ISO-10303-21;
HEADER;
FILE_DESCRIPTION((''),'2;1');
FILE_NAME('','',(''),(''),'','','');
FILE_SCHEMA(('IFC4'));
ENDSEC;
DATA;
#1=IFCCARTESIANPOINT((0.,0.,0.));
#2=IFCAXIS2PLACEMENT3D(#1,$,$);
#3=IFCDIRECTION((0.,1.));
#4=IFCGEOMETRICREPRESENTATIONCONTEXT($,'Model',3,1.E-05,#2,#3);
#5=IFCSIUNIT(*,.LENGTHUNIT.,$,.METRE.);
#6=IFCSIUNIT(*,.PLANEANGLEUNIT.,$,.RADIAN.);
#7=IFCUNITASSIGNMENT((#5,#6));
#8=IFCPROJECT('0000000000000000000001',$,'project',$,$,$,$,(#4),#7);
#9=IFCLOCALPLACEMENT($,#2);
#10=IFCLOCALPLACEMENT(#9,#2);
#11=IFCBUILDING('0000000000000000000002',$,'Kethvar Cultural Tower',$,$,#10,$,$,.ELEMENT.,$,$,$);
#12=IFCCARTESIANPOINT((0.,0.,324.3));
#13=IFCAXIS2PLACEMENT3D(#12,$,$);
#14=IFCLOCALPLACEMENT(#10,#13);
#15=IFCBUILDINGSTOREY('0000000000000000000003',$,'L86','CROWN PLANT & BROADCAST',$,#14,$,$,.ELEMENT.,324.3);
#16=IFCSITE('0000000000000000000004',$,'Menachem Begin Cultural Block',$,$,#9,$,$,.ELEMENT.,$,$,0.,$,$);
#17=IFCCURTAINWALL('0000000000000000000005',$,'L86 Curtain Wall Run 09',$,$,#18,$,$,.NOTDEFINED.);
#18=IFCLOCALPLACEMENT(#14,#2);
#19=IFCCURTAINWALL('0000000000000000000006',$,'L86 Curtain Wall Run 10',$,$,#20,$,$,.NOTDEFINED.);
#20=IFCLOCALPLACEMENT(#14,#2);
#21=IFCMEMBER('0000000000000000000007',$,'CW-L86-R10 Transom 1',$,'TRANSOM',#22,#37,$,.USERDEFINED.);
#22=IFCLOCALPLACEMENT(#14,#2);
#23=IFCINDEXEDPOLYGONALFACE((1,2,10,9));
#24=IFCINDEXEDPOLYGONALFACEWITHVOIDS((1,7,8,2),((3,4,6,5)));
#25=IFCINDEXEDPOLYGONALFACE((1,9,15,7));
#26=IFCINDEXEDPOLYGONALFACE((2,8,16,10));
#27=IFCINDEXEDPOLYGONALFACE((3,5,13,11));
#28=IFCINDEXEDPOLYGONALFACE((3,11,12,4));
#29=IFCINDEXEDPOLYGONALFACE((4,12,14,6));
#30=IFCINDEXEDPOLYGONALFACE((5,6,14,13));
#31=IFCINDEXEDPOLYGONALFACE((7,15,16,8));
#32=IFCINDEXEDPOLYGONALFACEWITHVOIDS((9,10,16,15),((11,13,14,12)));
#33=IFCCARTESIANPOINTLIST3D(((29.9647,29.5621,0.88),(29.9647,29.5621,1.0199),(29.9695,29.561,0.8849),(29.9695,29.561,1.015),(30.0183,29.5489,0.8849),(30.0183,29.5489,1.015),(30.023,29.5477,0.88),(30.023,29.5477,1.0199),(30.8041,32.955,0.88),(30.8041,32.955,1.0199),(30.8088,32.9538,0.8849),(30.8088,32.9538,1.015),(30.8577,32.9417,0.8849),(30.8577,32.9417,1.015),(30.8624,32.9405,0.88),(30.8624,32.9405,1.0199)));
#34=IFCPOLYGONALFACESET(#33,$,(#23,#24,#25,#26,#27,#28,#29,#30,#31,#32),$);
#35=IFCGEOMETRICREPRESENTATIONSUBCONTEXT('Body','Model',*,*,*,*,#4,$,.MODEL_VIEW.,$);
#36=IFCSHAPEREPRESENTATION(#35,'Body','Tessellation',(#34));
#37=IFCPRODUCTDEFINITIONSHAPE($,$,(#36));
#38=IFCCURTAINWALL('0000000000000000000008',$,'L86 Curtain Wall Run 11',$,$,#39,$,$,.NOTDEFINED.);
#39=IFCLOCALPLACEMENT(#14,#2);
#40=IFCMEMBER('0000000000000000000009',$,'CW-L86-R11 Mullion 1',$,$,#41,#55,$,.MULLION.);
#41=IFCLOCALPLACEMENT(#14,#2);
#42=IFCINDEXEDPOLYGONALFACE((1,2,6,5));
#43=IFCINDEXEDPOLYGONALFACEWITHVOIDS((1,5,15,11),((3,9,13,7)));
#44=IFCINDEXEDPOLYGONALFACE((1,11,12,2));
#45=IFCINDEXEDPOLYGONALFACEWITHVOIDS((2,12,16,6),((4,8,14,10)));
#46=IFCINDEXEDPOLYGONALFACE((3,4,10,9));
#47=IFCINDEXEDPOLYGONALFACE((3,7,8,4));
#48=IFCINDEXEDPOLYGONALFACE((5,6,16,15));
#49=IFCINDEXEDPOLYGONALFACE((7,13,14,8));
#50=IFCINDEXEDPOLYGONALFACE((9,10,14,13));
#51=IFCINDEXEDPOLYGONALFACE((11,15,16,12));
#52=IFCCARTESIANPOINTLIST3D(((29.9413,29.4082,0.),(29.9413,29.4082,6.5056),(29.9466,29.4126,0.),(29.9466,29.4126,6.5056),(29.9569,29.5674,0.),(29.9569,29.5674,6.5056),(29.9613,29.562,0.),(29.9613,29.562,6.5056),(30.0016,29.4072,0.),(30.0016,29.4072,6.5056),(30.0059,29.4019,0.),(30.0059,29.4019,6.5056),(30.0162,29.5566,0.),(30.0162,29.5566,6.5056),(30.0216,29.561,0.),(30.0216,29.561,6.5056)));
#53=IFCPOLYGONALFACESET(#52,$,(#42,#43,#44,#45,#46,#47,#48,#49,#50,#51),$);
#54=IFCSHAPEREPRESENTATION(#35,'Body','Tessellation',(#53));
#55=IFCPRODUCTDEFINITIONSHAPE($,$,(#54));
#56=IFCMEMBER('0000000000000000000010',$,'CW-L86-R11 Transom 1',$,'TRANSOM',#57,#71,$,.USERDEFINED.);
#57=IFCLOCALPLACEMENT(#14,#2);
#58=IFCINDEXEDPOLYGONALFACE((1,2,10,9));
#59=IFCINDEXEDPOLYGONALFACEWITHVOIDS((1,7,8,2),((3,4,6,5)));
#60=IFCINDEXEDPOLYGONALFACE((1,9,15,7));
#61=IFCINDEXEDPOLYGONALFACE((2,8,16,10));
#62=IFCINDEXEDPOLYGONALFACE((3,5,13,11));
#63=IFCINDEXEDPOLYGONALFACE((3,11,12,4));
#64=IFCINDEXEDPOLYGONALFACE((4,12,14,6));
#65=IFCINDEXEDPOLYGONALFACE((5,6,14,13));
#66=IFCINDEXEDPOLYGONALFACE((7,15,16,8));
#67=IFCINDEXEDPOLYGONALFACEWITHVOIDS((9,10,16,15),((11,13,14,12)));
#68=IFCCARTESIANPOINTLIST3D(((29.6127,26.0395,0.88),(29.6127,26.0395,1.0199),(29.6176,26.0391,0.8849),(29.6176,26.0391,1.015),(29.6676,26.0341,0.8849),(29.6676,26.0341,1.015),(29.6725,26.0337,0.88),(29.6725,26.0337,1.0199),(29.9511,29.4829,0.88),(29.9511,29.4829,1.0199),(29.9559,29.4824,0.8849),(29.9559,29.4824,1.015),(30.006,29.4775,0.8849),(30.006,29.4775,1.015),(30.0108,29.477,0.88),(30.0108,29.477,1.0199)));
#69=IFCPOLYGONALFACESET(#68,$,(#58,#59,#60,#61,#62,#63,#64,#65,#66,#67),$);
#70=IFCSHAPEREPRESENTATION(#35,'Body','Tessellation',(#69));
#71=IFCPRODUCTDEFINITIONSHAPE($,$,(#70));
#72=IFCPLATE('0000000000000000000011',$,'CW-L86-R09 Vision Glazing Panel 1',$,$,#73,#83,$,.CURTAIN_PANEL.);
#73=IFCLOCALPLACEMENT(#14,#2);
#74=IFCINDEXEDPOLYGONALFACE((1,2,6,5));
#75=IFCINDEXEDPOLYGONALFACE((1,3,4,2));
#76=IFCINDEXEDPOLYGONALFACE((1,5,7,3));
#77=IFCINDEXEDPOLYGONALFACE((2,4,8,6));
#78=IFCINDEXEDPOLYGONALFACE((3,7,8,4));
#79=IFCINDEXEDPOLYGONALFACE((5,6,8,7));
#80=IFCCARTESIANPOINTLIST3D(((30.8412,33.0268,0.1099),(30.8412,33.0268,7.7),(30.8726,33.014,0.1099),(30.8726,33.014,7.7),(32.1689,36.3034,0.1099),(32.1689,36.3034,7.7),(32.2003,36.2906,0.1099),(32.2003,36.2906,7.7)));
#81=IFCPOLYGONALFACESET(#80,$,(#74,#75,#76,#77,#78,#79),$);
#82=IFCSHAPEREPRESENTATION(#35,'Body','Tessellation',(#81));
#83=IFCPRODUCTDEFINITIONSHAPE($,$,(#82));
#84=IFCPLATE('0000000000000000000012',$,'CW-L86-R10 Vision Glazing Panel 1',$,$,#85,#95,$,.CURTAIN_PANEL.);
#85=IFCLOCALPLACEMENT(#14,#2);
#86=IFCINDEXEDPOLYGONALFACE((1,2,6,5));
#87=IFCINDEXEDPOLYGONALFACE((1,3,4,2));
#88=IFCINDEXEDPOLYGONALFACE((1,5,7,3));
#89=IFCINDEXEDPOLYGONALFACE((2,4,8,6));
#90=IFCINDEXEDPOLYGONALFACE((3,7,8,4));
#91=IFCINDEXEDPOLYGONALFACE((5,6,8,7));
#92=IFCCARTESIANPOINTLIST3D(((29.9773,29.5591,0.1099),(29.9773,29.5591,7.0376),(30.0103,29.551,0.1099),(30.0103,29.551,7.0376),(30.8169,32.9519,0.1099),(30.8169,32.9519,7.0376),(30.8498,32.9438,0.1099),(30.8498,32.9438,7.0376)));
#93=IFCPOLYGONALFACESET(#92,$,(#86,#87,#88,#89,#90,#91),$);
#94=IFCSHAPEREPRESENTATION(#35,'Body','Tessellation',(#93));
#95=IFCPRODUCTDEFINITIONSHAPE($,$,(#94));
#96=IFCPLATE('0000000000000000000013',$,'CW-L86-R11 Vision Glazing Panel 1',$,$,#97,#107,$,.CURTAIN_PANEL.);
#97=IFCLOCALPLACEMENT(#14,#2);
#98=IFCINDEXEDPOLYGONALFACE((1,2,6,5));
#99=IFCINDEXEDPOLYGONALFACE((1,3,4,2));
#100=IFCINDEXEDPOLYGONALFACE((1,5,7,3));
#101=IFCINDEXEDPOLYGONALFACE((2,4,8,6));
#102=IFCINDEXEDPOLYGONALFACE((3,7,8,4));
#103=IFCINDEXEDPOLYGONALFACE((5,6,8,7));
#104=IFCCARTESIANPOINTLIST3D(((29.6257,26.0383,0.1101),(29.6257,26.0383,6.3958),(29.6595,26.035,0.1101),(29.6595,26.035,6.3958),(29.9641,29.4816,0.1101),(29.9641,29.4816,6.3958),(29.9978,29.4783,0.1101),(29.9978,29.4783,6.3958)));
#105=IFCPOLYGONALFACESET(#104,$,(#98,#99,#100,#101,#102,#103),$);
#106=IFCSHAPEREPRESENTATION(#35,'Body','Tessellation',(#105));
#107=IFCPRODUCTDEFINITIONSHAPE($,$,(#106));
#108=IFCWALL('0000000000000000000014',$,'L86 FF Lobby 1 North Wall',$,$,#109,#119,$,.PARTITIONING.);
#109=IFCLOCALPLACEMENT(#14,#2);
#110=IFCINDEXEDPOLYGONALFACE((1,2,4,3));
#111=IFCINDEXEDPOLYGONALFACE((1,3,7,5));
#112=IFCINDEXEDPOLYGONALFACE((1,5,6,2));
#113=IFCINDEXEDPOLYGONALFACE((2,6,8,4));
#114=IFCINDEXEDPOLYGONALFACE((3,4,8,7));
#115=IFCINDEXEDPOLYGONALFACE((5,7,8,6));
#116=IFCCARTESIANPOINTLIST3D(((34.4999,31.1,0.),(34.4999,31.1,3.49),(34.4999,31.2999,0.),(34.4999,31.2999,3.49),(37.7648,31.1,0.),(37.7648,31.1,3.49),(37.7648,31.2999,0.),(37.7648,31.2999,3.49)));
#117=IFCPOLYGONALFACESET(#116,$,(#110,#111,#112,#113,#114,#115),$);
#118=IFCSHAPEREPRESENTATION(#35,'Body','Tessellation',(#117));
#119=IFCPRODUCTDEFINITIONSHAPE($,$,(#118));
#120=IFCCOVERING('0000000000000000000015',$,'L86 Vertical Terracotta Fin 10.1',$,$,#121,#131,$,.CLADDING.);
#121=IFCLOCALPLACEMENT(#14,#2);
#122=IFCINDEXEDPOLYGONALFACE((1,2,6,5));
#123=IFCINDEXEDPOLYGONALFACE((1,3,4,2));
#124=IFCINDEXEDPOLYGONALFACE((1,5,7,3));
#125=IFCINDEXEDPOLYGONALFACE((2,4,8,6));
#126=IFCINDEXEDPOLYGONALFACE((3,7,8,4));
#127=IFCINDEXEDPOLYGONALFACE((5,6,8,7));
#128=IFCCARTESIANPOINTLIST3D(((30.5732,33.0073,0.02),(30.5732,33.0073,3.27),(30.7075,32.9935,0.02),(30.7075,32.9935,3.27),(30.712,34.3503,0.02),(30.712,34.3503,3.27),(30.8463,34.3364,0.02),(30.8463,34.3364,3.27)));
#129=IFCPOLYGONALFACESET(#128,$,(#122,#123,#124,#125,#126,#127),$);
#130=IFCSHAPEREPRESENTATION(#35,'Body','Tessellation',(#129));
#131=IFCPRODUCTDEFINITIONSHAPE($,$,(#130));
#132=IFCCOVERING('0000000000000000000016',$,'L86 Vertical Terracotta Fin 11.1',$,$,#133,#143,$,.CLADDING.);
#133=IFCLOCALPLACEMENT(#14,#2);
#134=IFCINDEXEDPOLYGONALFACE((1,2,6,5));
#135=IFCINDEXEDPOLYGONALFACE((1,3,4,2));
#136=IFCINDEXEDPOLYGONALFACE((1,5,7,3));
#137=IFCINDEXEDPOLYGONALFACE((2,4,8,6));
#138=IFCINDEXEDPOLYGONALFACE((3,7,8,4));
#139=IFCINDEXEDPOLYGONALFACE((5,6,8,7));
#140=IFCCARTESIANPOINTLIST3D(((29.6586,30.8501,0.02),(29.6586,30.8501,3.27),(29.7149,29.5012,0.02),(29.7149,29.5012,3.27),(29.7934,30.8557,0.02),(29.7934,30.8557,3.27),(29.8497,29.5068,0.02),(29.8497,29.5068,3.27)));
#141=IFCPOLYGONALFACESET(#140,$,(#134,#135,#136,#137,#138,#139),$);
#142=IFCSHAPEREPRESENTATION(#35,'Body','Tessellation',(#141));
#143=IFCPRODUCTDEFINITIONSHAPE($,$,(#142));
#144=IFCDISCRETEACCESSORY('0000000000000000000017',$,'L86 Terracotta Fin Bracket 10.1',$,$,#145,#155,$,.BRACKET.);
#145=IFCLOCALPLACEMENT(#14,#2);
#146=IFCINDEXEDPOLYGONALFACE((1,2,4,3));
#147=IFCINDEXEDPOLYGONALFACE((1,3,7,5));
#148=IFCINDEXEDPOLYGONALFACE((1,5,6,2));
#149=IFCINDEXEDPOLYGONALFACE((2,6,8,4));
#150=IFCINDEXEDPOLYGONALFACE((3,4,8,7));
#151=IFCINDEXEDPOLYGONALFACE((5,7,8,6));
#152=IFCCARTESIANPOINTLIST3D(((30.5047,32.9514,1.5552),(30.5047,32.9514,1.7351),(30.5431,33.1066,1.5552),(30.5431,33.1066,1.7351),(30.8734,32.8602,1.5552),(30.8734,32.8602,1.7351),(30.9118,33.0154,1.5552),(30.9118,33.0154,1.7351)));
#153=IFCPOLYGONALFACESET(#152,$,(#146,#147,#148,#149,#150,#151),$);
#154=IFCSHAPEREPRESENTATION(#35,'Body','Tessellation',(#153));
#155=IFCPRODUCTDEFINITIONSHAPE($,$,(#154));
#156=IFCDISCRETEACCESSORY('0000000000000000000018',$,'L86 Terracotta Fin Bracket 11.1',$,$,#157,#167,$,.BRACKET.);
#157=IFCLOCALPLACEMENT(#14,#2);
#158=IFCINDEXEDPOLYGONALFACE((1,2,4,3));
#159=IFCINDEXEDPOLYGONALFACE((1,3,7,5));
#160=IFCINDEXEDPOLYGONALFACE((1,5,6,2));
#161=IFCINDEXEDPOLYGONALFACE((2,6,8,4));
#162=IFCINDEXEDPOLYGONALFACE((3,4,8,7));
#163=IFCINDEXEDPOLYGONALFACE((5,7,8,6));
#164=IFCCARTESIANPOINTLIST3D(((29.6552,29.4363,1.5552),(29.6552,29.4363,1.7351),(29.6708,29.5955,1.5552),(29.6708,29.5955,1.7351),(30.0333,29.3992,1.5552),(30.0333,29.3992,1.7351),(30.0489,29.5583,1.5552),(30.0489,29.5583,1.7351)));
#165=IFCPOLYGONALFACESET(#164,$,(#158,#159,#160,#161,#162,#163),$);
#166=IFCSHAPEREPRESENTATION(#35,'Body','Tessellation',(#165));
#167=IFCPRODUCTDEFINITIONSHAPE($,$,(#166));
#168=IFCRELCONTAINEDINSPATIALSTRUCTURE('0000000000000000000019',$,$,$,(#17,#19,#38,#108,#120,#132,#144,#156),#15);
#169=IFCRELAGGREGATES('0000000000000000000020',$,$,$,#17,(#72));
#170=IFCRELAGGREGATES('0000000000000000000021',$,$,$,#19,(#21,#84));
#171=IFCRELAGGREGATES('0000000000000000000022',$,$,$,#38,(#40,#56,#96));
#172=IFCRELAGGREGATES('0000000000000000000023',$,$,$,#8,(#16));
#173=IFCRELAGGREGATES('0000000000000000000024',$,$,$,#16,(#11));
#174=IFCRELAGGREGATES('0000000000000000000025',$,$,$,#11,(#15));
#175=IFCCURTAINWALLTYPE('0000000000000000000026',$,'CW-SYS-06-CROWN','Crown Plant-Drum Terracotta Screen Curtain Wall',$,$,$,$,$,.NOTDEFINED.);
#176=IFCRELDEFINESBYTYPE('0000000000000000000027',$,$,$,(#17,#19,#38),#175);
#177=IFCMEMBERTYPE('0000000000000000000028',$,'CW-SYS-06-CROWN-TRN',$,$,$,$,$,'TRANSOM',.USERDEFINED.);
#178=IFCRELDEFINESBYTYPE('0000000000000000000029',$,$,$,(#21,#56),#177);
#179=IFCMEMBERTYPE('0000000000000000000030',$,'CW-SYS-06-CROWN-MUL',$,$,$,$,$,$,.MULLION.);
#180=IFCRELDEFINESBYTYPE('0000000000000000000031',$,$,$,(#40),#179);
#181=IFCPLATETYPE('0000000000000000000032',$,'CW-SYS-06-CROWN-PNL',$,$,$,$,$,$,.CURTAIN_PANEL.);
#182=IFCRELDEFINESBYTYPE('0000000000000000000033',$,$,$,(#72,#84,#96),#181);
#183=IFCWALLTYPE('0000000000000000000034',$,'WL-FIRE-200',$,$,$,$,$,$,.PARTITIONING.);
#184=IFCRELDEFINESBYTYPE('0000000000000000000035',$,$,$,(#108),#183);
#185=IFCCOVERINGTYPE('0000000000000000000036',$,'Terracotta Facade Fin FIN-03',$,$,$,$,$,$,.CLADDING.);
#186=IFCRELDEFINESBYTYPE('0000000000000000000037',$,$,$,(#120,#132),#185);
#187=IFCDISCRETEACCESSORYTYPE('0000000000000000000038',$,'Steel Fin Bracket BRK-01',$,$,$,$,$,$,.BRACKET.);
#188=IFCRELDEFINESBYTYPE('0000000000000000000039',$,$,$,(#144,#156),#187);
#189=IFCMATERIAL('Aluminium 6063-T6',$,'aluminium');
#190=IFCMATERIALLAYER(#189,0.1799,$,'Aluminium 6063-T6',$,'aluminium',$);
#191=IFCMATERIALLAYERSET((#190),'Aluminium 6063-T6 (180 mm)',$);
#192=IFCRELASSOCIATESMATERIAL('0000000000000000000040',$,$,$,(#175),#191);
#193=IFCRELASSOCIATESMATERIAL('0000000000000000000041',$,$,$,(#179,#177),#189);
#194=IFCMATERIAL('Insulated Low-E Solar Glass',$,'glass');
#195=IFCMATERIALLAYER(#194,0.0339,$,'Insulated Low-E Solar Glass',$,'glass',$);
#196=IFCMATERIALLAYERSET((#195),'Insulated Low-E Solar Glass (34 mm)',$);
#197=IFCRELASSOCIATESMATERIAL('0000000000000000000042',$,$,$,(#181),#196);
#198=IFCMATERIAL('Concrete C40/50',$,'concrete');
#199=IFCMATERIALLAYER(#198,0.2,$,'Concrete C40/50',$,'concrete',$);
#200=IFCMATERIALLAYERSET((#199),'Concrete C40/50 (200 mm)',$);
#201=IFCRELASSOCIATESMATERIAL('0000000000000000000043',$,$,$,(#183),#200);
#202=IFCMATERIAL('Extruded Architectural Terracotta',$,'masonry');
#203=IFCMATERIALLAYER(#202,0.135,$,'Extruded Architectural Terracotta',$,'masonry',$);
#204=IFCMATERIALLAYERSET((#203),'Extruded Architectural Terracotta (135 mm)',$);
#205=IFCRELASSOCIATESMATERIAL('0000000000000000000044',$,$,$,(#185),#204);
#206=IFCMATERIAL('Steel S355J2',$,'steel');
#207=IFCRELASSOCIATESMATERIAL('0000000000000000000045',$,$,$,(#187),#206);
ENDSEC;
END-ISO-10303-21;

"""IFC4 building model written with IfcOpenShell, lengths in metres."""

from ifc_helpers import new_model, si_unit, direction, frame, frame_2d, origin, origin_2d, place, context, subcontext, project, spatial, rectangle, hollow_rectangle, extrude, source, transform, mapped, material, layer, layer_set, material_profile, profile_set, type_object, element, aggregate, save


model = new_model("IFC4")

# Units and contexts
model_context = context("Model", 3, precision=1e-05, world=origin(), true_north=direction((0.0, 1.0)))
body_context = subcontext(model_context, "Body", "Model", "MODEL_VIEW")
ifc_project = project(units=[si_unit("LENGTHUNIT", "METRE"), si_unit("PLANEANGLEUNIT", "RADIAN")], contexts=[model_context])

# Site, building, storey
site_placement = place(None, origin())
site = spatial("IfcSite", under=ifc_project, at=site_placement, Name="Menachem Begin Cultural Block", CompositionType="ELEMENT", RefElevation=0.0)
building_placement = place(site_placement, origin())
building = spatial("IfcBuilding", under=site, at=building_placement, Name="Kethvar Cultural Tower", CompositionType="ELEMENT")
storey_placement = place(building_placement, frame((0.0, 0.0, 324.3)))
storey = spatial("IfcBuildingStorey", under=building, at=storey_placement, Name="L86", Description="CROWN PLANT & BROADCAST", CompositionType="ELEMENT", Elevation=324.3)

# Shared definitions
ifc_material_1 = material(Name="Steel S355J2", Category="steel")

# Curtain walls, members
ifc_material_2 = material(Name="Aluminium 6063-T6", Category="aluminium")
ifc_layer_1 = layer(ifc_material_2, 0.1799, Name="Aluminium 6063-T6", Category="aluminium")
ifc_layer_set_1 = layer_set([ifc_layer_1], Name="Aluminium 6063-T6 (180 mm)")
curtain_wall_type = type_object("IfcCurtainWallType", Name="CW-SYS-06-CROWN", Description="Crown Plant-Drum Terracotta Screen Curtain Wall", PredefinedType="NOTDEFINED", material=ifc_layer_set_1)
curtain_wall_1_placement = place(storey_placement, origin())
curtain_wall_1 = element("IfcCurtainWall", 1, at=curtain_wall_1_placement, inside=storey, type_object=curtain_wall_type, Name="L86 Curtain Wall Run 09", PredefinedType="NOTDEFINED")
ifc_material_profile_1 = material_profile(ifc_material_2, hollow_rectangle(XDim=0.0649, YDim=0.1599, WallThickness=0.0049, at=origin_2d()), Name="Aluminium 6063-T6 — RHS160x65x5")
ifc_profile_set_1 = profile_set([ifc_material_profile_1], Name="Aluminium 6063-T6 — RHS160x65x5")
member_type_1 = type_object("IfcMemberType", Name="CW-SYS-06-CROWN-MUL", PredefinedType="MULLION", material=ifc_profile_set_1)
ifc_material_profile_2 = material_profile(ifc_material_2, hollow_rectangle(XDim=0.0601, YDim=0.1399, WallThickness=0.0049, at=origin_2d()), Name="Aluminium 6063-T6 — RHS140x60x5")
ifc_profile_set_2 = profile_set([ifc_material_profile_2], Name="Aluminium 6063-T6 — RHS140x60x5")
member_type_2 = type_object("IfcMemberType", Name="CW-SYS-06-CROWN-TRN", ElementType="TRANSOM", PredefinedType="USERDEFINED", material=ifc_profile_set_2)
curtain_wall_2_placement = place(storey_placement, origin())
curtain_wall_2 = element("IfcCurtainWall", 2, at=curtain_wall_2_placement, inside=storey, type_object=curtain_wall_type, Name="L86 Curtain Wall Run 10", PredefinedType="NOTDEFINED")
shared_shape_1 = source(origin(), body_context, "Body", "SweptSolid", [
    extrude(hollow_rectangle(XDim=0.0601, YDim=0.1399, WallThickness=0.0049, at=origin_2d()), origin(), (0.0, 0.0, 1.0), 3.4951),
])
member_1_placement = place(storey_placement, frame((30.8333, 32.9478, 0.95), z_axis=(-0.240152, -0.970735, 0.0), x_axis=(0.970735, -0.240152, 0.0)))
member_1 = element("IfcMember", 3, at=member_1_placement, type_object=member_type_2, Name="CW-L86-R10 Transom 1", ObjectType="TRANSOM", PredefinedType="USERDEFINED", context=body_context, shape_type="MappedRepresentation", body=[
    mapped(shared_shape_1, transform((0.0, 0.0, 0.0), scale=1.0)),
])
curtain_wall_3_placement = place(storey_placement, origin())
curtain_wall_3 = element("IfcCurtainWall", 4, at=curtain_wall_3_placement, inside=storey, type_object=curtain_wall_type, Name="L86 Curtain Wall Run 11", PredefinedType="NOTDEFINED")
shared_shape_2 = source(origin(), body_context, "Body", "SweptSolid", [
    extrude(hollow_rectangle(XDim=0.0649, YDim=0.1599, WallThickness=0.0049, at=origin_2d()), origin(), (0.0, 0.0, 1.0), 6.5056),
])
member_2_placement = place(storey_placement, frame((29.9814, 29.4846, 0.0), z_axis=(0.0, 0.0, 1.0), x_axis=(0.995207, -0.097791, 0.0)))
member_2 = element("IfcMember", 5, at=member_2_placement, type_object=member_type_1, Name="CW-L86-R11 Mullion 1", PredefinedType="MULLION", context=body_context, shape_type="MappedRepresentation", body=[
    mapped(shared_shape_2, transform((0.0, 0.0, 0.0), scale=1.0)),
])
shared_shape_3 = source(origin(), body_context, "Body", "SweptSolid", [
    extrude(hollow_rectangle(XDim=0.0601, YDim=0.1399, WallThickness=0.0049, at=origin_2d()), origin(), (0.0, 0.0, 1.0), 3.46),
])
member_3_placement = place(storey_placement, frame((29.981, 29.48, 0.95), z_axis=(-0.097799, -0.995206, 0.0), x_axis=(0.995206, -0.097799, 0.0)))
member_3 = element("IfcMember", 6, at=member_3_placement, type_object=member_type_2, Name="CW-L86-R11 Transom 1", ObjectType="TRANSOM", PredefinedType="USERDEFINED", context=body_context, shape_type="MappedRepresentation", body=[
    mapped(shared_shape_3, transform((0.0, 0.0, 0.0), scale=1.0)),
])

# Plates
ifc_material_3 = material(Name="Insulated Low-E Solar Glass", Category="glass")
ifc_layer_2 = layer(ifc_material_3, 0.0339, Name="Insulated Low-E Solar Glass", Category="glass")
ifc_layer_set_2 = layer_set([ifc_layer_2], Name="Insulated Low-E Solar Glass (34 mm)")
plate_type = type_object("IfcPlateType", Name="CW-SYS-06-CROWN-PNL", PredefinedType="CURTAIN_PANEL", material=ifc_layer_set_2)
shared_shape_4 = source(origin(), body_context, "Body", "SweptSolid", [
    extrude(rectangle(XDim=3.5354, YDim=0.0339, at=origin_2d()), origin(), (0.0, 0.0, 1.0), 7.5901),
])
plate_1_placement = place(storey_placement, frame((31.5208, 34.6587, 0.1099), z_axis=(0.0, 0.0, 1.0), x_axis=(-0.375545, -0.926804, 0.0)))
plate_1 = element("IfcPlate", 7, at=plate_1_placement, type_object=plate_type, Name="CW-L86-R09 Vision Glazing Panel 1", PredefinedType="CURTAIN_PANEL", context=body_context, shape_type="MappedRepresentation", body=[
    mapped(shared_shape_4, transform((0.0, 0.0, 0.0), scale=1.0)),
])
aggregate(curtain_wall_1, [plate_1])
shared_shape_5 = source(origin(), body_context, "Body", "SweptSolid", [
    extrude(rectangle(XDim=3.4951, YDim=0.0339, at=origin_2d()), origin(), (0.0, 0.0, 1.0), 6.9277),
])
plate_2_placement = place(storey_placement, frame((30.4136, 31.2515, 0.1099), z_axis=(0.0, 0.0, 1.0), x_axis=(-0.240194, -0.970725, 0.0)))
plate_2 = element("IfcPlate", 8, at=plate_2_placement, type_object=plate_type, Name="CW-L86-R10 Vision Glazing Panel 1", PredefinedType="CURTAIN_PANEL", context=body_context, shape_type="MappedRepresentation", body=[
    mapped(shared_shape_5, transform((0.0, 0.0, 0.0), scale=1.0)),
])
aggregate(curtain_wall_2, [member_1, plate_2])
shared_shape_6 = source(origin(), body_context, "Body", "SweptSolid", [
    extrude(rectangle(XDim=3.46, YDim=0.0339, at=origin_2d()), origin(), (0.0, 0.0, 1.0), 6.2856),
])
plate_3_placement = place(storey_placement, frame((29.8118, 27.7583, 0.1101), z_axis=(0.0, 0.0, 1.0), x_axis=(-0.097791, -0.995207, 0.0)))
plate_3 = element("IfcPlate", 9, at=plate_3_placement, type_object=plate_type, Name="CW-L86-R11 Vision Glazing Panel 1", PredefinedType="CURTAIN_PANEL", context=body_context, shape_type="MappedRepresentation", body=[
    mapped(shared_shape_6, transform((0.0, 0.0, 0.0), scale=1.0)),
])
aggregate(curtain_wall_3, [member_2, member_3, plate_3])

# Shared definitions
ifc_material_4 = material(Name="Concrete C40/50", Category="concrete")
ifc_layer_3 = layer(ifc_material_4, 0.2, Name="Concrete C40/50", Category="concrete")
ifc_layer_set_3 = layer_set([ifc_layer_3], Name="Concrete C40/50 (200 mm)")
wall_type = type_object("IfcWallType", Name="WL-FIRE-200", PredefinedType="PARTITIONING", material=ifc_layer_set_3)

# Wall
wall_1_placement = place(storey_placement, frame((34.5, 31.2, 0.0), z_axis=(0.0, 0.0, 1.0), x_axis=(1.0, 0.0, 0.0)))
element("IfcWall", 10, at=wall_1_placement, inside=storey, type_object=wall_type, Name="L86 FF Lobby 1 North Wall", PredefinedType="PARTITIONING", context=body_context, shape_type="SweptSolid", body=[
    extrude(rectangle(XDim=3.2649, YDim=0.2, at=frame_2d((1.6323, 0.0))), origin(), (0.0, 0.0, 1.0), 3.49),
])

# Coverings
ifc_material_5 = material(Name="Extruded Architectural Terracotta", Category="masonry")
ifc_layer_4 = layer(ifc_material_5, 0.135, Name="Extruded Architectural Terracotta", Category="masonry")
ifc_layer_set_4 = layer_set([ifc_layer_4], Name="Extruded Architectural Terracotta (135 mm)")
covering_type = type_object("IfcCoveringType", Name="Terracotta Facade Fin FIN-03", PredefinedType="CLADDING", material=ifc_layer_set_4)
shared_shape_7 = source(origin(), body_context, "Body", "SweptSolid", [
    extrude(rectangle(XDim=1.3501, YDim=0.135, at=origin_2d()), origin(), (0.0, 0.0, 1.0), 3.25),
])
for number, where, z_axis, x_axis, name in (
    (11, (30.7097, 33.6719, 0.02), (0.0, 0.0, 1.0), (0.102793, 0.994703, 0.0), "L86 Vertical Terracotta Fin 10.1"),
    (12, (29.7542, 30.1785, 0.02), (0.0, 0.0, 1.0), (-0.041701, 0.99913, 0.0), "L86 Vertical Terracotta Fin 11.1"),
):
    element("IfcCovering", number, at=place(storey_placement, frame(where, z_axis=z_axis, x_axis=x_axis)), inside=storey, type_object=covering_type, Name=name, PredefinedType="CLADDING", context=body_context, shape_type="MappedRepresentation", body=[
        mapped(shared_shape_7, transform((0.0, 0.0, 0.0), scale=1.0)),
    ])

# Discrete accessories
discrete_accessory_type = type_object("IfcDiscreteAccessoryType", Name="Steel Fin Bracket BRK-01", PredefinedType="BRACKET", material=ifc_material_1)
shared_shape_8 = source(origin(), body_context, "Body", "SweptSolid", [
    extrude(rectangle(XDim=0.3799, YDim=0.1599, at=origin_2d()), origin(), (0.0, 0.0, 1.0), 0.1799),
])
for number, where, z_axis, x_axis, name in (
    (13, (30.7083, 32.9834, 1.5552), (0.0, 0.0, 1.0), (-0.970716, 0.240228, 0.0), "L86 Terracotta Fin Bracket 10.1"),
    (14, (29.8521, 29.4973, 1.5552), (0.0, 0.0, 1.0), (-0.99521, 0.097757, 0.0), "L86 Terracotta Fin Bracket 11.1"),
):
    element("IfcDiscreteAccessory", number, at=place(storey_placement, frame(where, z_axis=z_axis, x_axis=x_axis)), inside=storey, type_object=discrete_accessory_type, Name=name, PredefinedType="BRACKET", context=body_context, shape_type="MappedRepresentation", body=[
        mapped(shared_shape_8, transform((0.0, 0.0, 0.0), scale=1.0)),
    ])

save(model, "model.ifc")
